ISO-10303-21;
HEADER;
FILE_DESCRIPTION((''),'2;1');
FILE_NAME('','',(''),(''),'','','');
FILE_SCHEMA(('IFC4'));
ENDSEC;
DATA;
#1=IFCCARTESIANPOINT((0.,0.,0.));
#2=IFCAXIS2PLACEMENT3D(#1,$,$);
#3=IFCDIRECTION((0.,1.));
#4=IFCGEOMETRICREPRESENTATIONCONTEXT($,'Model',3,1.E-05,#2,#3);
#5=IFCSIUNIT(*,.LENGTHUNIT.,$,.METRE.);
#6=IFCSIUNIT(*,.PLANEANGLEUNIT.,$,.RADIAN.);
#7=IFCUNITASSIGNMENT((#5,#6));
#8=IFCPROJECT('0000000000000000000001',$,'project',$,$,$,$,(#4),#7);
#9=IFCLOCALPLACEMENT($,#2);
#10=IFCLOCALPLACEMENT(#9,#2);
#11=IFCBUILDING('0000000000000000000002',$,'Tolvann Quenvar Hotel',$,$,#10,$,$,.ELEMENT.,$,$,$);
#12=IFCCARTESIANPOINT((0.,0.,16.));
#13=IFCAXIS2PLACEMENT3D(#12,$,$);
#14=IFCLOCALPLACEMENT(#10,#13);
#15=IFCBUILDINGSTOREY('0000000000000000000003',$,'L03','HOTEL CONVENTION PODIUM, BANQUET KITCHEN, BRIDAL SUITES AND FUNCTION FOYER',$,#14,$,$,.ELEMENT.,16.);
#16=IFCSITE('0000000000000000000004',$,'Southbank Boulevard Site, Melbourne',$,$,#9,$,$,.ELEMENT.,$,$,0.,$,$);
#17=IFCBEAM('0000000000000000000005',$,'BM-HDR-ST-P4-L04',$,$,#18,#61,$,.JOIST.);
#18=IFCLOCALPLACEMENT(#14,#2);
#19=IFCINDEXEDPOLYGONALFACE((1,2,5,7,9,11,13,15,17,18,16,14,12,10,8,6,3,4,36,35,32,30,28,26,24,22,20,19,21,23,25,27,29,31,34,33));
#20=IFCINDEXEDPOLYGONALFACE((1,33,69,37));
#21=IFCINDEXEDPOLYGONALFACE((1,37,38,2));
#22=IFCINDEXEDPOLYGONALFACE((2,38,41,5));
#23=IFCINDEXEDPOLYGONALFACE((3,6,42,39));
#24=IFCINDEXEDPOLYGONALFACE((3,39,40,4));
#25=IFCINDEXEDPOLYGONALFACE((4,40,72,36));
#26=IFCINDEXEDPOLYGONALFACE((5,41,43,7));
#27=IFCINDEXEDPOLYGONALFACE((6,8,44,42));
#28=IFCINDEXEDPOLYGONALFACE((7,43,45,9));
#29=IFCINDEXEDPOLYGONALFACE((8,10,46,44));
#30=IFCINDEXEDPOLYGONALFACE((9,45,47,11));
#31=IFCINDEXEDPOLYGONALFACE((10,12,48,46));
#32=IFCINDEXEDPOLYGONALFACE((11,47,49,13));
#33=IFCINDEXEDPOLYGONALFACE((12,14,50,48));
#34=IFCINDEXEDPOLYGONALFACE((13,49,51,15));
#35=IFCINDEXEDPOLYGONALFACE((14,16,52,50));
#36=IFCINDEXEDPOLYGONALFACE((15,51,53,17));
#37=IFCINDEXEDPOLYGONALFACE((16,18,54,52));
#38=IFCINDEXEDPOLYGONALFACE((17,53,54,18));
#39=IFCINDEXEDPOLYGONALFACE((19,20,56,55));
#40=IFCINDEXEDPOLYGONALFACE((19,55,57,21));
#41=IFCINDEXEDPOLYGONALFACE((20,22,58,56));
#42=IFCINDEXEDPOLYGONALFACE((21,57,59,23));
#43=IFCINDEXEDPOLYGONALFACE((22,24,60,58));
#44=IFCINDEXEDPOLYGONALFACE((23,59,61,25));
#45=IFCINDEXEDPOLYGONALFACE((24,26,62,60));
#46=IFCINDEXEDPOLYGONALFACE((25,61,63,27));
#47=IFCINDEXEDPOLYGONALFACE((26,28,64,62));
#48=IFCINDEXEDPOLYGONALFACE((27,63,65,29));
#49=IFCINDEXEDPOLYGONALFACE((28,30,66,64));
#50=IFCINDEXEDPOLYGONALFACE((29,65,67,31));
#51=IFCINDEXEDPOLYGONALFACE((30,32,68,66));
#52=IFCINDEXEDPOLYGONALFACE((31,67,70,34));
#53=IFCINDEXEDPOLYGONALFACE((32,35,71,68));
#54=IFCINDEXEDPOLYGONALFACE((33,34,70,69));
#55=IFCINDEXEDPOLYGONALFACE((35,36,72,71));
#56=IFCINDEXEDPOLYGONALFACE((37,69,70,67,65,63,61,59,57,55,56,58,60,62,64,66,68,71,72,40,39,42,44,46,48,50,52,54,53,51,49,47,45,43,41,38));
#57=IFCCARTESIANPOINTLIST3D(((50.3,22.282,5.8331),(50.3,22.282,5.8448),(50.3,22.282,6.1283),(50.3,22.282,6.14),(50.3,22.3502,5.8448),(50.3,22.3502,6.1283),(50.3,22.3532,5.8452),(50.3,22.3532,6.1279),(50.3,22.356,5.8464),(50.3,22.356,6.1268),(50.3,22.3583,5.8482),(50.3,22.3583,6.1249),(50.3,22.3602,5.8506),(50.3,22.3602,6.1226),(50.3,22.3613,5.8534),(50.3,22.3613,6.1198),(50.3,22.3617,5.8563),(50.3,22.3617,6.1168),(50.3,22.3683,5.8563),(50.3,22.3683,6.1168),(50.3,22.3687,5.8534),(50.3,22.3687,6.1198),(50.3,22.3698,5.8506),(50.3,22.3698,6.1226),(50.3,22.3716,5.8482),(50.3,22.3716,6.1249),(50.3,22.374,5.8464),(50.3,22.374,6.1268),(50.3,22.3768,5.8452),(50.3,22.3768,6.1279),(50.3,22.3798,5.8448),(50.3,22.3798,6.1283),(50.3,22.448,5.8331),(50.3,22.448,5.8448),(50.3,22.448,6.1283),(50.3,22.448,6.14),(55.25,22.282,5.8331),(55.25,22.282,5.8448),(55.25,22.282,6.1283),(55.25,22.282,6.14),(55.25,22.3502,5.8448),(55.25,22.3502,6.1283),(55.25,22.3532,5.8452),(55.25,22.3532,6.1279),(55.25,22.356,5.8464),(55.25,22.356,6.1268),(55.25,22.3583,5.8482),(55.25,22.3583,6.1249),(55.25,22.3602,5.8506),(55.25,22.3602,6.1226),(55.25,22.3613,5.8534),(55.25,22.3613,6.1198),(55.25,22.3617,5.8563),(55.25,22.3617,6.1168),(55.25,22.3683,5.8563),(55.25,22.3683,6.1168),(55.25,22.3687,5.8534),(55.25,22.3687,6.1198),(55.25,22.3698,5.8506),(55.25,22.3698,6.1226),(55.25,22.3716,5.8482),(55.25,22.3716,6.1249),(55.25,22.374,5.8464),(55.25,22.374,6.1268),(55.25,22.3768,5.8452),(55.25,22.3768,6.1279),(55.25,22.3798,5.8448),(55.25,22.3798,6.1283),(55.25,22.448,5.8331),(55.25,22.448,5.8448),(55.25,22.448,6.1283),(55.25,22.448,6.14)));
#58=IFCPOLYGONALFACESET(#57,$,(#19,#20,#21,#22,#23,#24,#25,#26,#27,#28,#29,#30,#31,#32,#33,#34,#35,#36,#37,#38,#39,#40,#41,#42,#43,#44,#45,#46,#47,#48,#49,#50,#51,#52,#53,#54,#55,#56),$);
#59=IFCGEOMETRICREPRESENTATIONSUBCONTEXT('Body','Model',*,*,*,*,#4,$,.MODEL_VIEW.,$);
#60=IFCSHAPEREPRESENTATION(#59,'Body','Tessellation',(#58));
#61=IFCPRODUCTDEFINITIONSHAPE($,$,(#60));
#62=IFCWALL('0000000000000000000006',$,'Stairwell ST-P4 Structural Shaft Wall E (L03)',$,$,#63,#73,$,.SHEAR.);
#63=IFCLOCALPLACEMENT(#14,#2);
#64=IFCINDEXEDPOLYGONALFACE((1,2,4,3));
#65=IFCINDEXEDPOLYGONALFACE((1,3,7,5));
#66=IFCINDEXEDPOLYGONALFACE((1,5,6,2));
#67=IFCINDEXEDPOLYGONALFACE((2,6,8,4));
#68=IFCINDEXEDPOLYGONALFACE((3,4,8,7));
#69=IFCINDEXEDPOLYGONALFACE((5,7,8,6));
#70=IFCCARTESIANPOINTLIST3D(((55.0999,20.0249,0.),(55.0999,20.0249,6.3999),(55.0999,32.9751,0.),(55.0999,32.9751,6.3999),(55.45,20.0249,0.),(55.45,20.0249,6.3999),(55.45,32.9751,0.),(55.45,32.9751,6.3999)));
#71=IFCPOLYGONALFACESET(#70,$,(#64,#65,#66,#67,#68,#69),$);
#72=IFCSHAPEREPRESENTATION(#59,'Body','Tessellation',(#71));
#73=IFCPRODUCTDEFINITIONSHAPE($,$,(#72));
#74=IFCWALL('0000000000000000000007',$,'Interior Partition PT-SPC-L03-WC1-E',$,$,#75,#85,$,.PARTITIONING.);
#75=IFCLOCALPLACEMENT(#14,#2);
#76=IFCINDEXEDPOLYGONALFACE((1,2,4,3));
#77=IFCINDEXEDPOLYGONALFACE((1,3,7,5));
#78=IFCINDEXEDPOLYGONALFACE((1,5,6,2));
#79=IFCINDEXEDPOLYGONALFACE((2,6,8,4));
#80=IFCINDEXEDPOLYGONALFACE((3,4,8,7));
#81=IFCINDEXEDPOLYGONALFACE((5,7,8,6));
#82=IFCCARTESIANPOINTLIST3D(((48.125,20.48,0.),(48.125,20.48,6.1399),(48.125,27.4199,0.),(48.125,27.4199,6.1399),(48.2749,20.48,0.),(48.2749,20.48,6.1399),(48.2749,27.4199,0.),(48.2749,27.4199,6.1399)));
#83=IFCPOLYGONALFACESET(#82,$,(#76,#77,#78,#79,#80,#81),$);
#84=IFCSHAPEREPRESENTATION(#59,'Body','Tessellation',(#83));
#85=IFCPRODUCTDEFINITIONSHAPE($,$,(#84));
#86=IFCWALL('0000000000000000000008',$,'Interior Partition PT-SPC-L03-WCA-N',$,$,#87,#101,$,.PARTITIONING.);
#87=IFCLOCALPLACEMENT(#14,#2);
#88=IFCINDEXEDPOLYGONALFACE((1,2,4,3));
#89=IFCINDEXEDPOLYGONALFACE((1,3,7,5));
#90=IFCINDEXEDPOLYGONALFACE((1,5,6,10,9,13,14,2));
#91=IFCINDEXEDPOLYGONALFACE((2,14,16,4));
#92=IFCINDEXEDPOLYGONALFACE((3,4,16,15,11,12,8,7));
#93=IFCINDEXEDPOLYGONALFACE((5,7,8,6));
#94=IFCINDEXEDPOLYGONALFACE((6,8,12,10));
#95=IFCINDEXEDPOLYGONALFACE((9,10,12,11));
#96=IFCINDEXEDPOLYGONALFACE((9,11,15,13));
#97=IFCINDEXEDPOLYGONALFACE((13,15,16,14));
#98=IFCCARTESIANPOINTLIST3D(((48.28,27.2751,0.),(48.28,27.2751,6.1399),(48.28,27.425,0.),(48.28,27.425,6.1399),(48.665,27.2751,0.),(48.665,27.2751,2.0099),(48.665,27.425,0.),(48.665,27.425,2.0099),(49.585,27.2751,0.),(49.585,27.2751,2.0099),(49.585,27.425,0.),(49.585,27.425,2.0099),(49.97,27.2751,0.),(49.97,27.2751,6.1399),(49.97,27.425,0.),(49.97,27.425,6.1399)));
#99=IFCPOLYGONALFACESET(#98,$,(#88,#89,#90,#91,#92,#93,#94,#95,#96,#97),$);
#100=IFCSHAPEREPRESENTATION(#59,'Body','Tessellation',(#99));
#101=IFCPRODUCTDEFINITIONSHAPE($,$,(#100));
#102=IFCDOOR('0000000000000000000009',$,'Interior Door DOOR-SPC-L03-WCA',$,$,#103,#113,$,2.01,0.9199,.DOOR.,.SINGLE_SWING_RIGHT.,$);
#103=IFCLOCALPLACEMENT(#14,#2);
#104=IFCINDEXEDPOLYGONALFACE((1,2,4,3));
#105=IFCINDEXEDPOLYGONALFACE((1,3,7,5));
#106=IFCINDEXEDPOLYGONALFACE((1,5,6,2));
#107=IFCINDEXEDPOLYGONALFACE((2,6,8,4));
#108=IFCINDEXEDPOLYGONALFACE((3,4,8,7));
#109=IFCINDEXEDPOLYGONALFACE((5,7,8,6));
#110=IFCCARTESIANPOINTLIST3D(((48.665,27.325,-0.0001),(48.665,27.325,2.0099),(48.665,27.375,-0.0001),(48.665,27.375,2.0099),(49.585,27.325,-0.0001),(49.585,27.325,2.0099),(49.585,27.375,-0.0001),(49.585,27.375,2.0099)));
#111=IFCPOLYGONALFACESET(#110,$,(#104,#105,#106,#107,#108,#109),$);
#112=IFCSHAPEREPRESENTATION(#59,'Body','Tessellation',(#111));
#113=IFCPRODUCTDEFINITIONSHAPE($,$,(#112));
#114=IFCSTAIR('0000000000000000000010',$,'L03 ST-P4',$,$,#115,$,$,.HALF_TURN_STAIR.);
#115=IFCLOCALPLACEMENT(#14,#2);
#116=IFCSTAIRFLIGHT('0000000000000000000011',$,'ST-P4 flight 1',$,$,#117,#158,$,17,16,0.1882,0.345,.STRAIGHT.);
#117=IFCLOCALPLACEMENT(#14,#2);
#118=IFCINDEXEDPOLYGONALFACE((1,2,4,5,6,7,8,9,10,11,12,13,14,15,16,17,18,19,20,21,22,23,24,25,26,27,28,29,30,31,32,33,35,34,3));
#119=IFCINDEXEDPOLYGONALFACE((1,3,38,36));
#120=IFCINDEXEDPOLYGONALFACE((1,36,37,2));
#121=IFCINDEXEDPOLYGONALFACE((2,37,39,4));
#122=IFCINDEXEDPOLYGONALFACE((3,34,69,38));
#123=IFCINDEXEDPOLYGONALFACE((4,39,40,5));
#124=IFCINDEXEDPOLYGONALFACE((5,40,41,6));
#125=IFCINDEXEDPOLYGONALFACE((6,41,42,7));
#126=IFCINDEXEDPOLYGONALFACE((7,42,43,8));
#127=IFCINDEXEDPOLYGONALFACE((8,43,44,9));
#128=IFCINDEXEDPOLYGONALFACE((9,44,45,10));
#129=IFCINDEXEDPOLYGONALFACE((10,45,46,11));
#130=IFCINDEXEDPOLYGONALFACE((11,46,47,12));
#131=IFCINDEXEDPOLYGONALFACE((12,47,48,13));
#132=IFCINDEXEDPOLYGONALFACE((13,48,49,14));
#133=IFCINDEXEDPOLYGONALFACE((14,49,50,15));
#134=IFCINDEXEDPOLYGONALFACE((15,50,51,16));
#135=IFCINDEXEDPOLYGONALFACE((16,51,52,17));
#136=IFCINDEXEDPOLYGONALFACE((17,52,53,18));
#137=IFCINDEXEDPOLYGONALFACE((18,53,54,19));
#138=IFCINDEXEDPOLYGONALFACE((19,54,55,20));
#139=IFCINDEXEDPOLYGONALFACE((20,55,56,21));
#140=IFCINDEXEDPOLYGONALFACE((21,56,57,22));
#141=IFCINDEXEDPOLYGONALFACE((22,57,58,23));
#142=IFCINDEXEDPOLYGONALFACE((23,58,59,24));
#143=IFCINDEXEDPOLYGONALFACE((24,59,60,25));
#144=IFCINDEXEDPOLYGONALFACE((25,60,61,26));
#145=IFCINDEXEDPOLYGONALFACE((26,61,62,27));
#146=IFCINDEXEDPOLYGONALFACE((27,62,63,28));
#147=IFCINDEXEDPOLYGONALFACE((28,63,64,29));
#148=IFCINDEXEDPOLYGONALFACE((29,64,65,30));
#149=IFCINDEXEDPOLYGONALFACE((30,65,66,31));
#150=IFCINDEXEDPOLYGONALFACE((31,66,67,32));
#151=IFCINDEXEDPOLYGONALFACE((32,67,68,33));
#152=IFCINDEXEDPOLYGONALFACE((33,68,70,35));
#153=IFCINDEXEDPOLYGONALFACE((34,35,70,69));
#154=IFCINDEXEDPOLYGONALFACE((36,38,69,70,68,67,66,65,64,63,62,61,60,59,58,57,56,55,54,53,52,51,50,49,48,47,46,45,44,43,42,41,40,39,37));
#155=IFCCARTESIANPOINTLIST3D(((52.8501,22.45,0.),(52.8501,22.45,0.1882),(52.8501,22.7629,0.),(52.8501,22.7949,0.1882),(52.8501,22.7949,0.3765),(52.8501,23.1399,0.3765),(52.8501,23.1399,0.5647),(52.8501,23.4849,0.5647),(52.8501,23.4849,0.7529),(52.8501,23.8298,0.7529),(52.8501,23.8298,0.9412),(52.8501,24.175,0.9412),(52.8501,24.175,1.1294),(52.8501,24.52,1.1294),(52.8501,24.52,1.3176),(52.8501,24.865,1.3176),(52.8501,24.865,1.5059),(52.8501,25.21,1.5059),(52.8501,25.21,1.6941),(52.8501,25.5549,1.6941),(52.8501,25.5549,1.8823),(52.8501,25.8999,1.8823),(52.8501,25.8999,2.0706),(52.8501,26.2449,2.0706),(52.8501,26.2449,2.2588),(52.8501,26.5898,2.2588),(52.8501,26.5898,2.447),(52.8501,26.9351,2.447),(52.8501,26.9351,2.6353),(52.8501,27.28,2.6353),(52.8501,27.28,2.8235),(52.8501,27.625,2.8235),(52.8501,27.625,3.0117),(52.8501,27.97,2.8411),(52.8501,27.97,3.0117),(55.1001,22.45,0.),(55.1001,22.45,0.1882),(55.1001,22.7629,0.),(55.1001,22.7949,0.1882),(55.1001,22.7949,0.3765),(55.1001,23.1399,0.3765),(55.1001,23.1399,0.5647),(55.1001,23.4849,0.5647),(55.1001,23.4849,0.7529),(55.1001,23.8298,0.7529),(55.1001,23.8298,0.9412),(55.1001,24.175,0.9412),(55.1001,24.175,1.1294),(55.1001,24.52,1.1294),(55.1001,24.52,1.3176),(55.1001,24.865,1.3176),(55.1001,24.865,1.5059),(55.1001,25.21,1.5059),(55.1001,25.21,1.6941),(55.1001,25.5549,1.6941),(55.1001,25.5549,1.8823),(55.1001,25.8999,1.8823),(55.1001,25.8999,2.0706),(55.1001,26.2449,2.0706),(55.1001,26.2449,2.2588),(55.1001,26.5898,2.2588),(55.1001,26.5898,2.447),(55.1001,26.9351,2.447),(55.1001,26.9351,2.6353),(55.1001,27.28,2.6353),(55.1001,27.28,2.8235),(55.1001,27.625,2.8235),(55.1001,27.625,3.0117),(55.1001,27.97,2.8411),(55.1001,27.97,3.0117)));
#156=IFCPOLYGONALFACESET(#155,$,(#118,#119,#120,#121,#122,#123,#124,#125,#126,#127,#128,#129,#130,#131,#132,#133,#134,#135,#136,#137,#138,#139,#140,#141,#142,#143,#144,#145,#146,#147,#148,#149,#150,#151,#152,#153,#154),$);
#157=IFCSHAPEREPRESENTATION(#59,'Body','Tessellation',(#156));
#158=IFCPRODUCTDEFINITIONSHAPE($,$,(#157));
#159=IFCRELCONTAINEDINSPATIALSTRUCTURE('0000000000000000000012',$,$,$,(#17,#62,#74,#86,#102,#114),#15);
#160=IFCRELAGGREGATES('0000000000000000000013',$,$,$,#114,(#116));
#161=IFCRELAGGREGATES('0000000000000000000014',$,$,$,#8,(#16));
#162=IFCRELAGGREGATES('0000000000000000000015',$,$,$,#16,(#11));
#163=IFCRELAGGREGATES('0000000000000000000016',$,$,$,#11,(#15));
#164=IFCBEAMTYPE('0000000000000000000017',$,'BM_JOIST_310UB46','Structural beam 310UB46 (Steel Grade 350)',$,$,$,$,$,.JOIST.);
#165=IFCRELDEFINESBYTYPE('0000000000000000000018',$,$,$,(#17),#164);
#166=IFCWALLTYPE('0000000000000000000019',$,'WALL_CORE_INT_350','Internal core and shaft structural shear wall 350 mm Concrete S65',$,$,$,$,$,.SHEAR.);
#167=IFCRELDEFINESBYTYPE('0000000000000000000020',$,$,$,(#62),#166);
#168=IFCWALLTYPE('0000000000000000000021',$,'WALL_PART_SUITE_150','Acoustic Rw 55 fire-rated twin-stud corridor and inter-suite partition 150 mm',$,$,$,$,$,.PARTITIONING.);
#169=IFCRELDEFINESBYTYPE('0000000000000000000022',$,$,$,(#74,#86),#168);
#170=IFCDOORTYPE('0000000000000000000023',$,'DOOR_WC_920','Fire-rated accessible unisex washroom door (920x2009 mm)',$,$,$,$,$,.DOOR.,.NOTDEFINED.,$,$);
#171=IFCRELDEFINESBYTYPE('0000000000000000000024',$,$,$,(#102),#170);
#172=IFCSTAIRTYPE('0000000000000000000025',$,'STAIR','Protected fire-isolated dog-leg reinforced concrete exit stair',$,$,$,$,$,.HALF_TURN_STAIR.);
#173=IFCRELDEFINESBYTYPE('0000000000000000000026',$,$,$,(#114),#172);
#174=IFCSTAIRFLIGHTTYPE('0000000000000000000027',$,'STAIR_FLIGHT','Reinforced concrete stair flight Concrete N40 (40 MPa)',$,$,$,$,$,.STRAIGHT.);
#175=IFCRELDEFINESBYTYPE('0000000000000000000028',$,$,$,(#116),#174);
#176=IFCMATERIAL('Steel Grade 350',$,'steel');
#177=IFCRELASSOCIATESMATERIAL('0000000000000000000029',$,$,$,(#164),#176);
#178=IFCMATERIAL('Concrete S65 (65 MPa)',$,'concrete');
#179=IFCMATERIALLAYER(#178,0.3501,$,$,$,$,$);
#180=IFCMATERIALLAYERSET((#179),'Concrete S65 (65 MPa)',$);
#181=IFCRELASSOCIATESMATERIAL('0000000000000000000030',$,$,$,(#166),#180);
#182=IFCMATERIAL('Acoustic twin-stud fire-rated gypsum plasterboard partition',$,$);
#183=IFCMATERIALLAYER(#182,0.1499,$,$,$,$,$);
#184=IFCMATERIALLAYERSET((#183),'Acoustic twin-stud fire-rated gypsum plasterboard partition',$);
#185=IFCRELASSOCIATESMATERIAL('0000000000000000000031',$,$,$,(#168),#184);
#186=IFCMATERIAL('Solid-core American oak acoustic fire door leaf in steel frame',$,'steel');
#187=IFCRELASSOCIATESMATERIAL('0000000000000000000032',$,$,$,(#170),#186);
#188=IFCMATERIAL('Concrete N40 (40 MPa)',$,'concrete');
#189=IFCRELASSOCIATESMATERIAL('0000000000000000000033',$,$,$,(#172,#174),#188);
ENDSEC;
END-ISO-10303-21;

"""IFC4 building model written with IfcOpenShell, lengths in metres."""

from ifc_helpers import new_model, si_unit, direction, frame, frame_2d, origin, origin_2d, place, context, subcontext, project, spatial, polyline, rectangle, i_section, outline, extrude, source, transform, mapped, material, layer, layer_set, material_profile, profile_set, type_object, type_shapes, element, fill, aggregate, save


model = new_model("IFC4")

# Units and contexts
model_context = context("Model", 3, precision=1e-05, world=origin(), true_north=direction((0.0, 1.0)))
body_context = subcontext(model_context, "Body", "Model", "MODEL_VIEW")
ifc_project = project(units=[si_unit("LENGTHUNIT", "METRE"), si_unit("PLANEANGLEUNIT", "RADIAN")], contexts=[model_context])

# Site, building, storey
site_placement = place(None, origin())
site = spatial("IfcSite", under=ifc_project, at=site_placement, Name="Southbank Boulevard Site, Melbourne", CompositionType="ELEMENT", RefElevation=0.0)
building_placement = place(site_placement, origin())
building = spatial("IfcBuilding", under=site, at=building_placement, Name="Tolvann Quenvar Hotel", CompositionType="ELEMENT")
storey_placement = place(building_placement, frame((0.0, 0.0, 16.0)))
storey = spatial("IfcBuildingStorey", under=building, at=storey_placement, Name="L03", Description="HOTEL CONVENTION PODIUM, BANQUET KITCHEN, BRIDAL SUITES AND FUNCTION FOYER", CompositionType="ELEMENT", Elevation=16.0)

# Beam
ifc_material_1 = material(Name="Steel Grade 350", Category="steel")
ifc_material_profile_1 = material_profile(ifc_material_1, i_section(OverallWidth=0.166, OverallDepth=0.3069, WebThickness=0.0066, FlangeThickness=0.0117, FilletRadius=0.0115, at=origin_2d()), Name="310UB46")
ifc_profile_set_1 = profile_set([ifc_material_profile_1], Name="Steel Grade 350")
beam_type_1 = type_object("IfcBeamType", Name="BM_JOIST_310UB46", Description="Structural beam 310UB46 (Steel Grade 350)", PredefinedType="JOIST", material=ifc_profile_set_1)
shared_shape_1 = source(origin(), body_context, "Body", "SweptSolid", [
    extrude(i_section(OverallWidth=0.166, OverallDepth=0.3069, WebThickness=0.0066, FlangeThickness=0.0117, FilletRadius=0.0115, at=origin_2d()), origin(), (0.0, 0.0, 1.0), 4.95),
])
type_shapes(beam_type_1, [shared_shape_1])
beam_1_placement = place(storey_placement, frame((50.3, 22.365, 5.9866), z_axis=(1.0, 0.0, 0.0), x_axis=(0.0, 1.0, 0.0)))
element("IfcBeam", 1, at=beam_1_placement, inside=storey, type_object=beam_type_1, Name="BM-HDR-ST-P4-L04", PredefinedType="JOIST", context=body_context, shape_type="MappedRepresentation", body=[
    mapped(shared_shape_1, transform((0.0, 0.0, 0.0), x_axis=(1.0, 0.0, 0.0), y_axis=(0.0, 1.0, 0.0), z_axis=(0.0, 0.0, 1.0), scale=1.0)),
])

# Shared definitions
ifc_material_2 = material(Name="Concrete S65 (65 MPa)", Category="concrete")
ifc_layer_1 = layer(ifc_material_2, 0.3501)
ifc_layer_set_1 = layer_set([ifc_layer_1], Name="Concrete S65 (65 MPa)")
wall_type_1 = type_object("IfcWallType", Name="WALL_CORE_INT_350", Description="Internal core and shaft structural shear wall 350 mm Concrete S65", PredefinedType="SHEAR", material=ifc_layer_set_1)

# Walls
wall_1_placement = place(storey_placement, frame((55.2749, 20.0249, 0.0), z_axis=(0.0, 0.0, 1.0), x_axis=(0.0, 1.0, 0.0)))
element("IfcWall", 2, at=wall_1_placement, inside=storey, type_object=wall_type_1, Name="Stairwell ST-P4 Structural Shaft Wall E (L03)", PredefinedType="SHEAR", context=body_context, shape_type="SweptSolid", body=[
    extrude(rectangle(XDim=12.9502, YDim=0.3501, at=frame_2d((6.4751, 0.0))), origin(), (0.0, 0.0, 1.0), 6.3999),
])
ifc_material_3 = material(Name="Acoustic twin-stud fire-rated gypsum plasterboard partition")
ifc_layer_2 = layer(ifc_material_3, 0.1499)
ifc_layer_set_2 = layer_set([ifc_layer_2], Name="Acoustic twin-stud fire-rated gypsum plasterboard partition")
wall_type_2 = type_object("IfcWallType", Name="WALL_PART_SUITE_150", Description="Acoustic Rw 55 fire-rated twin-stud corridor and inter-suite partition 150 mm", PredefinedType="PARTITIONING", material=ifc_layer_set_2)
wall_2_placement = place(storey_placement, frame((48.2, 20.48, 0.0), z_axis=(0.0, 0.0, 1.0), x_axis=(0.0, 1.0, 0.0)))
element("IfcWall", 3, at=wall_2_placement, inside=storey, type_object=wall_type_2, Name="Interior Partition PT-SPC-L03-WC1-E", PredefinedType="PARTITIONING", context=body_context, shape_type="SweptSolid", body=[
    extrude(rectangle(XDim=6.9399, YDim=0.1499, at=frame_2d((3.47, 0.0))), origin(), (0.0, 0.0, 1.0), 6.1399),
])

# Wall, opening, door
wall_3_placement = place(storey_placement, frame((48.28, 27.3501, 0.0), z_axis=(0.0, 0.0, 1.0), x_axis=(1.0, 0.0, 0.0)))
wall_3 = element("IfcWall", 4, at=wall_3_placement, inside=storey, type_object=wall_type_2, Name="Interior Partition PT-SPC-L03-WCA-N", PredefinedType="PARTITIONING", context=body_context, shape_type="SweptSolid", body=[
    extrude(rectangle(XDim=1.6899, YDim=0.1499, at=frame_2d((0.845, 0.0))), origin(), (0.0, 0.0, 1.0), 6.1399),
])
opening_1_placement = place(wall_3_placement, frame((0.385, 0.0, 0.0)))
opening_1 = element("IfcOpeningElement", 5, at=opening_1_placement, cuts=wall_3, PredefinedType="OPENING", context=body_context, shape_type="SweptSolid", body=[
    extrude(rectangle(XDim=0.9199, YDim=2.01, at=frame_2d((0.46, 1.0049))), frame((0.0, 0.085, 0.0), z_axis=(0.0, -1.0, 0.0), x_axis=(1.0, 0.0, 0.0)), (0.0, 0.0, 1.0), 0.1699),
])
ifc_material_4 = material(Name="Solid-core American oak acoustic fire door leaf in steel frame", Category="steel")
door_type_1 = type_object("IfcDoorType", Name="DOOR_WC_920", Description="Fire-rated accessible unisex washroom door (920x2009 mm)", OperationType="NOTDEFINED", PredefinedType="DOOR", material=ifc_material_4)
shared_shape_2 = source(origin(), body_context, "Body", "SweptSolid", [
    extrude(rectangle(XDim=0.9199, YDim=2.01, at=frame_2d((0.46, 1.0049))), frame((0.0, 0.0249, 0.0), z_axis=(0.0, -1.0, 0.0), x_axis=(1.0, 0.0, 0.0)), (0.0, 0.0, 1.0), 0.05),
])
type_shapes(door_type_1, [shared_shape_2])
door_1_placement = place(opening_1_placement, origin())
door_1 = element("IfcDoor", 6, at=door_1_placement, inside=storey, type_object=door_type_1, Name="Interior Door DOOR-SPC-L03-WCA", OperationType="SINGLE_SWING_RIGHT", OverallHeight=2.01, OverallWidth=0.9199, PredefinedType="DOOR", context=body_context, shape_type="MappedRepresentation", body=[
    mapped(shared_shape_2, transform((0.0, 0.0, 0.0), x_axis=(1.0, 0.0, 0.0), y_axis=(0.0, 1.0, 0.0), z_axis=(0.0, 0.0, 1.0), scale=1.0)),
])
fill(opening_1, door_1)

# Stair, stair flight
ifc_material_5 = material(Name="Concrete N40 (40 MPa)", Category="concrete")
stair_type = type_object("IfcStairType", Name="STAIR", Description="Protected fire-isolated dog-leg reinforced concrete exit stair", PredefinedType="HALF_TURN_STAIR", material=ifc_material_5)
stair_placement = place(storey_placement, origin())
stair = element("IfcStair", 7, at=stair_placement, inside=storey, type_object=stair_type, Name="L03 ST-P4", PredefinedType="HALF_TURN_STAIR")
stair_flight_type = type_object("IfcStairFlightType", Name="STAIR_FLIGHT", Description="Reinforced concrete stair flight Concrete N40 (40 MPa)", PredefinedType="STRAIGHT", material=ifc_material_5)
stair_flight_1_placement = place(storey_placement, frame((53.9751, 22.45, 0.0), z_axis=(0.0, 0.0, 1.0), x_axis=(0.0, 1.0, 0.0)))
stair_flight_1 = element("IfcStairFlight", 8, at=stair_flight_1_placement, type_object=stair_flight_type, Name="ST-P4 flight 1", NumberOfRisers=17, NumberOfTreads=16, PredefinedType="STRAIGHT", RiserHeight=0.1882, TreadLength=0.345, context=body_context, shape_type="SweptSolid", body=[
    extrude(outline(polyline([(0.0, 0.0), (0.0, 0.1882), (0.345, 0.1882), (0.345, 0.3765), (0.6899, 0.3765), (0.6899, 0.5647), (1.0349, 0.5647), (1.0349, 0.7529), (1.3799, 0.7529), (1.3799, 0.9412), (1.7251, 0.9412), (1.7251, 1.1294), (2.0701, 1.1294), (2.0701, 1.3176), (2.415, 1.3176), (2.415, 1.5059), (2.76, 1.5059), (2.76, 1.6941), (3.105, 1.6941), (3.105, 1.8823), (3.45, 1.8823), (3.45, 2.0706), (3.7949, 2.0706), (3.7949, 2.2588), (4.1399, 2.2588), (4.1399, 2.447), (4.4851, 2.447), (4.4851, 2.6353), (4.8301, 2.6353), (4.8301, 2.8235), (5.175, 2.8235), (5.175, 3.0117), (5.52, 3.0117), (5.52, 3.2), (5.52, 2.8411), (0.313, 0.0), (0.0, 0.0)])), frame((0.0, 1.125, 0.0), z_axis=(0.0, -1.0, 0.0), x_axis=(1.0, 0.0, 0.0)), (0.0, 0.0, 1.0), 2.25),
])
aggregate(stair, [stair_flight_1])

save(model, "model.ifc")
